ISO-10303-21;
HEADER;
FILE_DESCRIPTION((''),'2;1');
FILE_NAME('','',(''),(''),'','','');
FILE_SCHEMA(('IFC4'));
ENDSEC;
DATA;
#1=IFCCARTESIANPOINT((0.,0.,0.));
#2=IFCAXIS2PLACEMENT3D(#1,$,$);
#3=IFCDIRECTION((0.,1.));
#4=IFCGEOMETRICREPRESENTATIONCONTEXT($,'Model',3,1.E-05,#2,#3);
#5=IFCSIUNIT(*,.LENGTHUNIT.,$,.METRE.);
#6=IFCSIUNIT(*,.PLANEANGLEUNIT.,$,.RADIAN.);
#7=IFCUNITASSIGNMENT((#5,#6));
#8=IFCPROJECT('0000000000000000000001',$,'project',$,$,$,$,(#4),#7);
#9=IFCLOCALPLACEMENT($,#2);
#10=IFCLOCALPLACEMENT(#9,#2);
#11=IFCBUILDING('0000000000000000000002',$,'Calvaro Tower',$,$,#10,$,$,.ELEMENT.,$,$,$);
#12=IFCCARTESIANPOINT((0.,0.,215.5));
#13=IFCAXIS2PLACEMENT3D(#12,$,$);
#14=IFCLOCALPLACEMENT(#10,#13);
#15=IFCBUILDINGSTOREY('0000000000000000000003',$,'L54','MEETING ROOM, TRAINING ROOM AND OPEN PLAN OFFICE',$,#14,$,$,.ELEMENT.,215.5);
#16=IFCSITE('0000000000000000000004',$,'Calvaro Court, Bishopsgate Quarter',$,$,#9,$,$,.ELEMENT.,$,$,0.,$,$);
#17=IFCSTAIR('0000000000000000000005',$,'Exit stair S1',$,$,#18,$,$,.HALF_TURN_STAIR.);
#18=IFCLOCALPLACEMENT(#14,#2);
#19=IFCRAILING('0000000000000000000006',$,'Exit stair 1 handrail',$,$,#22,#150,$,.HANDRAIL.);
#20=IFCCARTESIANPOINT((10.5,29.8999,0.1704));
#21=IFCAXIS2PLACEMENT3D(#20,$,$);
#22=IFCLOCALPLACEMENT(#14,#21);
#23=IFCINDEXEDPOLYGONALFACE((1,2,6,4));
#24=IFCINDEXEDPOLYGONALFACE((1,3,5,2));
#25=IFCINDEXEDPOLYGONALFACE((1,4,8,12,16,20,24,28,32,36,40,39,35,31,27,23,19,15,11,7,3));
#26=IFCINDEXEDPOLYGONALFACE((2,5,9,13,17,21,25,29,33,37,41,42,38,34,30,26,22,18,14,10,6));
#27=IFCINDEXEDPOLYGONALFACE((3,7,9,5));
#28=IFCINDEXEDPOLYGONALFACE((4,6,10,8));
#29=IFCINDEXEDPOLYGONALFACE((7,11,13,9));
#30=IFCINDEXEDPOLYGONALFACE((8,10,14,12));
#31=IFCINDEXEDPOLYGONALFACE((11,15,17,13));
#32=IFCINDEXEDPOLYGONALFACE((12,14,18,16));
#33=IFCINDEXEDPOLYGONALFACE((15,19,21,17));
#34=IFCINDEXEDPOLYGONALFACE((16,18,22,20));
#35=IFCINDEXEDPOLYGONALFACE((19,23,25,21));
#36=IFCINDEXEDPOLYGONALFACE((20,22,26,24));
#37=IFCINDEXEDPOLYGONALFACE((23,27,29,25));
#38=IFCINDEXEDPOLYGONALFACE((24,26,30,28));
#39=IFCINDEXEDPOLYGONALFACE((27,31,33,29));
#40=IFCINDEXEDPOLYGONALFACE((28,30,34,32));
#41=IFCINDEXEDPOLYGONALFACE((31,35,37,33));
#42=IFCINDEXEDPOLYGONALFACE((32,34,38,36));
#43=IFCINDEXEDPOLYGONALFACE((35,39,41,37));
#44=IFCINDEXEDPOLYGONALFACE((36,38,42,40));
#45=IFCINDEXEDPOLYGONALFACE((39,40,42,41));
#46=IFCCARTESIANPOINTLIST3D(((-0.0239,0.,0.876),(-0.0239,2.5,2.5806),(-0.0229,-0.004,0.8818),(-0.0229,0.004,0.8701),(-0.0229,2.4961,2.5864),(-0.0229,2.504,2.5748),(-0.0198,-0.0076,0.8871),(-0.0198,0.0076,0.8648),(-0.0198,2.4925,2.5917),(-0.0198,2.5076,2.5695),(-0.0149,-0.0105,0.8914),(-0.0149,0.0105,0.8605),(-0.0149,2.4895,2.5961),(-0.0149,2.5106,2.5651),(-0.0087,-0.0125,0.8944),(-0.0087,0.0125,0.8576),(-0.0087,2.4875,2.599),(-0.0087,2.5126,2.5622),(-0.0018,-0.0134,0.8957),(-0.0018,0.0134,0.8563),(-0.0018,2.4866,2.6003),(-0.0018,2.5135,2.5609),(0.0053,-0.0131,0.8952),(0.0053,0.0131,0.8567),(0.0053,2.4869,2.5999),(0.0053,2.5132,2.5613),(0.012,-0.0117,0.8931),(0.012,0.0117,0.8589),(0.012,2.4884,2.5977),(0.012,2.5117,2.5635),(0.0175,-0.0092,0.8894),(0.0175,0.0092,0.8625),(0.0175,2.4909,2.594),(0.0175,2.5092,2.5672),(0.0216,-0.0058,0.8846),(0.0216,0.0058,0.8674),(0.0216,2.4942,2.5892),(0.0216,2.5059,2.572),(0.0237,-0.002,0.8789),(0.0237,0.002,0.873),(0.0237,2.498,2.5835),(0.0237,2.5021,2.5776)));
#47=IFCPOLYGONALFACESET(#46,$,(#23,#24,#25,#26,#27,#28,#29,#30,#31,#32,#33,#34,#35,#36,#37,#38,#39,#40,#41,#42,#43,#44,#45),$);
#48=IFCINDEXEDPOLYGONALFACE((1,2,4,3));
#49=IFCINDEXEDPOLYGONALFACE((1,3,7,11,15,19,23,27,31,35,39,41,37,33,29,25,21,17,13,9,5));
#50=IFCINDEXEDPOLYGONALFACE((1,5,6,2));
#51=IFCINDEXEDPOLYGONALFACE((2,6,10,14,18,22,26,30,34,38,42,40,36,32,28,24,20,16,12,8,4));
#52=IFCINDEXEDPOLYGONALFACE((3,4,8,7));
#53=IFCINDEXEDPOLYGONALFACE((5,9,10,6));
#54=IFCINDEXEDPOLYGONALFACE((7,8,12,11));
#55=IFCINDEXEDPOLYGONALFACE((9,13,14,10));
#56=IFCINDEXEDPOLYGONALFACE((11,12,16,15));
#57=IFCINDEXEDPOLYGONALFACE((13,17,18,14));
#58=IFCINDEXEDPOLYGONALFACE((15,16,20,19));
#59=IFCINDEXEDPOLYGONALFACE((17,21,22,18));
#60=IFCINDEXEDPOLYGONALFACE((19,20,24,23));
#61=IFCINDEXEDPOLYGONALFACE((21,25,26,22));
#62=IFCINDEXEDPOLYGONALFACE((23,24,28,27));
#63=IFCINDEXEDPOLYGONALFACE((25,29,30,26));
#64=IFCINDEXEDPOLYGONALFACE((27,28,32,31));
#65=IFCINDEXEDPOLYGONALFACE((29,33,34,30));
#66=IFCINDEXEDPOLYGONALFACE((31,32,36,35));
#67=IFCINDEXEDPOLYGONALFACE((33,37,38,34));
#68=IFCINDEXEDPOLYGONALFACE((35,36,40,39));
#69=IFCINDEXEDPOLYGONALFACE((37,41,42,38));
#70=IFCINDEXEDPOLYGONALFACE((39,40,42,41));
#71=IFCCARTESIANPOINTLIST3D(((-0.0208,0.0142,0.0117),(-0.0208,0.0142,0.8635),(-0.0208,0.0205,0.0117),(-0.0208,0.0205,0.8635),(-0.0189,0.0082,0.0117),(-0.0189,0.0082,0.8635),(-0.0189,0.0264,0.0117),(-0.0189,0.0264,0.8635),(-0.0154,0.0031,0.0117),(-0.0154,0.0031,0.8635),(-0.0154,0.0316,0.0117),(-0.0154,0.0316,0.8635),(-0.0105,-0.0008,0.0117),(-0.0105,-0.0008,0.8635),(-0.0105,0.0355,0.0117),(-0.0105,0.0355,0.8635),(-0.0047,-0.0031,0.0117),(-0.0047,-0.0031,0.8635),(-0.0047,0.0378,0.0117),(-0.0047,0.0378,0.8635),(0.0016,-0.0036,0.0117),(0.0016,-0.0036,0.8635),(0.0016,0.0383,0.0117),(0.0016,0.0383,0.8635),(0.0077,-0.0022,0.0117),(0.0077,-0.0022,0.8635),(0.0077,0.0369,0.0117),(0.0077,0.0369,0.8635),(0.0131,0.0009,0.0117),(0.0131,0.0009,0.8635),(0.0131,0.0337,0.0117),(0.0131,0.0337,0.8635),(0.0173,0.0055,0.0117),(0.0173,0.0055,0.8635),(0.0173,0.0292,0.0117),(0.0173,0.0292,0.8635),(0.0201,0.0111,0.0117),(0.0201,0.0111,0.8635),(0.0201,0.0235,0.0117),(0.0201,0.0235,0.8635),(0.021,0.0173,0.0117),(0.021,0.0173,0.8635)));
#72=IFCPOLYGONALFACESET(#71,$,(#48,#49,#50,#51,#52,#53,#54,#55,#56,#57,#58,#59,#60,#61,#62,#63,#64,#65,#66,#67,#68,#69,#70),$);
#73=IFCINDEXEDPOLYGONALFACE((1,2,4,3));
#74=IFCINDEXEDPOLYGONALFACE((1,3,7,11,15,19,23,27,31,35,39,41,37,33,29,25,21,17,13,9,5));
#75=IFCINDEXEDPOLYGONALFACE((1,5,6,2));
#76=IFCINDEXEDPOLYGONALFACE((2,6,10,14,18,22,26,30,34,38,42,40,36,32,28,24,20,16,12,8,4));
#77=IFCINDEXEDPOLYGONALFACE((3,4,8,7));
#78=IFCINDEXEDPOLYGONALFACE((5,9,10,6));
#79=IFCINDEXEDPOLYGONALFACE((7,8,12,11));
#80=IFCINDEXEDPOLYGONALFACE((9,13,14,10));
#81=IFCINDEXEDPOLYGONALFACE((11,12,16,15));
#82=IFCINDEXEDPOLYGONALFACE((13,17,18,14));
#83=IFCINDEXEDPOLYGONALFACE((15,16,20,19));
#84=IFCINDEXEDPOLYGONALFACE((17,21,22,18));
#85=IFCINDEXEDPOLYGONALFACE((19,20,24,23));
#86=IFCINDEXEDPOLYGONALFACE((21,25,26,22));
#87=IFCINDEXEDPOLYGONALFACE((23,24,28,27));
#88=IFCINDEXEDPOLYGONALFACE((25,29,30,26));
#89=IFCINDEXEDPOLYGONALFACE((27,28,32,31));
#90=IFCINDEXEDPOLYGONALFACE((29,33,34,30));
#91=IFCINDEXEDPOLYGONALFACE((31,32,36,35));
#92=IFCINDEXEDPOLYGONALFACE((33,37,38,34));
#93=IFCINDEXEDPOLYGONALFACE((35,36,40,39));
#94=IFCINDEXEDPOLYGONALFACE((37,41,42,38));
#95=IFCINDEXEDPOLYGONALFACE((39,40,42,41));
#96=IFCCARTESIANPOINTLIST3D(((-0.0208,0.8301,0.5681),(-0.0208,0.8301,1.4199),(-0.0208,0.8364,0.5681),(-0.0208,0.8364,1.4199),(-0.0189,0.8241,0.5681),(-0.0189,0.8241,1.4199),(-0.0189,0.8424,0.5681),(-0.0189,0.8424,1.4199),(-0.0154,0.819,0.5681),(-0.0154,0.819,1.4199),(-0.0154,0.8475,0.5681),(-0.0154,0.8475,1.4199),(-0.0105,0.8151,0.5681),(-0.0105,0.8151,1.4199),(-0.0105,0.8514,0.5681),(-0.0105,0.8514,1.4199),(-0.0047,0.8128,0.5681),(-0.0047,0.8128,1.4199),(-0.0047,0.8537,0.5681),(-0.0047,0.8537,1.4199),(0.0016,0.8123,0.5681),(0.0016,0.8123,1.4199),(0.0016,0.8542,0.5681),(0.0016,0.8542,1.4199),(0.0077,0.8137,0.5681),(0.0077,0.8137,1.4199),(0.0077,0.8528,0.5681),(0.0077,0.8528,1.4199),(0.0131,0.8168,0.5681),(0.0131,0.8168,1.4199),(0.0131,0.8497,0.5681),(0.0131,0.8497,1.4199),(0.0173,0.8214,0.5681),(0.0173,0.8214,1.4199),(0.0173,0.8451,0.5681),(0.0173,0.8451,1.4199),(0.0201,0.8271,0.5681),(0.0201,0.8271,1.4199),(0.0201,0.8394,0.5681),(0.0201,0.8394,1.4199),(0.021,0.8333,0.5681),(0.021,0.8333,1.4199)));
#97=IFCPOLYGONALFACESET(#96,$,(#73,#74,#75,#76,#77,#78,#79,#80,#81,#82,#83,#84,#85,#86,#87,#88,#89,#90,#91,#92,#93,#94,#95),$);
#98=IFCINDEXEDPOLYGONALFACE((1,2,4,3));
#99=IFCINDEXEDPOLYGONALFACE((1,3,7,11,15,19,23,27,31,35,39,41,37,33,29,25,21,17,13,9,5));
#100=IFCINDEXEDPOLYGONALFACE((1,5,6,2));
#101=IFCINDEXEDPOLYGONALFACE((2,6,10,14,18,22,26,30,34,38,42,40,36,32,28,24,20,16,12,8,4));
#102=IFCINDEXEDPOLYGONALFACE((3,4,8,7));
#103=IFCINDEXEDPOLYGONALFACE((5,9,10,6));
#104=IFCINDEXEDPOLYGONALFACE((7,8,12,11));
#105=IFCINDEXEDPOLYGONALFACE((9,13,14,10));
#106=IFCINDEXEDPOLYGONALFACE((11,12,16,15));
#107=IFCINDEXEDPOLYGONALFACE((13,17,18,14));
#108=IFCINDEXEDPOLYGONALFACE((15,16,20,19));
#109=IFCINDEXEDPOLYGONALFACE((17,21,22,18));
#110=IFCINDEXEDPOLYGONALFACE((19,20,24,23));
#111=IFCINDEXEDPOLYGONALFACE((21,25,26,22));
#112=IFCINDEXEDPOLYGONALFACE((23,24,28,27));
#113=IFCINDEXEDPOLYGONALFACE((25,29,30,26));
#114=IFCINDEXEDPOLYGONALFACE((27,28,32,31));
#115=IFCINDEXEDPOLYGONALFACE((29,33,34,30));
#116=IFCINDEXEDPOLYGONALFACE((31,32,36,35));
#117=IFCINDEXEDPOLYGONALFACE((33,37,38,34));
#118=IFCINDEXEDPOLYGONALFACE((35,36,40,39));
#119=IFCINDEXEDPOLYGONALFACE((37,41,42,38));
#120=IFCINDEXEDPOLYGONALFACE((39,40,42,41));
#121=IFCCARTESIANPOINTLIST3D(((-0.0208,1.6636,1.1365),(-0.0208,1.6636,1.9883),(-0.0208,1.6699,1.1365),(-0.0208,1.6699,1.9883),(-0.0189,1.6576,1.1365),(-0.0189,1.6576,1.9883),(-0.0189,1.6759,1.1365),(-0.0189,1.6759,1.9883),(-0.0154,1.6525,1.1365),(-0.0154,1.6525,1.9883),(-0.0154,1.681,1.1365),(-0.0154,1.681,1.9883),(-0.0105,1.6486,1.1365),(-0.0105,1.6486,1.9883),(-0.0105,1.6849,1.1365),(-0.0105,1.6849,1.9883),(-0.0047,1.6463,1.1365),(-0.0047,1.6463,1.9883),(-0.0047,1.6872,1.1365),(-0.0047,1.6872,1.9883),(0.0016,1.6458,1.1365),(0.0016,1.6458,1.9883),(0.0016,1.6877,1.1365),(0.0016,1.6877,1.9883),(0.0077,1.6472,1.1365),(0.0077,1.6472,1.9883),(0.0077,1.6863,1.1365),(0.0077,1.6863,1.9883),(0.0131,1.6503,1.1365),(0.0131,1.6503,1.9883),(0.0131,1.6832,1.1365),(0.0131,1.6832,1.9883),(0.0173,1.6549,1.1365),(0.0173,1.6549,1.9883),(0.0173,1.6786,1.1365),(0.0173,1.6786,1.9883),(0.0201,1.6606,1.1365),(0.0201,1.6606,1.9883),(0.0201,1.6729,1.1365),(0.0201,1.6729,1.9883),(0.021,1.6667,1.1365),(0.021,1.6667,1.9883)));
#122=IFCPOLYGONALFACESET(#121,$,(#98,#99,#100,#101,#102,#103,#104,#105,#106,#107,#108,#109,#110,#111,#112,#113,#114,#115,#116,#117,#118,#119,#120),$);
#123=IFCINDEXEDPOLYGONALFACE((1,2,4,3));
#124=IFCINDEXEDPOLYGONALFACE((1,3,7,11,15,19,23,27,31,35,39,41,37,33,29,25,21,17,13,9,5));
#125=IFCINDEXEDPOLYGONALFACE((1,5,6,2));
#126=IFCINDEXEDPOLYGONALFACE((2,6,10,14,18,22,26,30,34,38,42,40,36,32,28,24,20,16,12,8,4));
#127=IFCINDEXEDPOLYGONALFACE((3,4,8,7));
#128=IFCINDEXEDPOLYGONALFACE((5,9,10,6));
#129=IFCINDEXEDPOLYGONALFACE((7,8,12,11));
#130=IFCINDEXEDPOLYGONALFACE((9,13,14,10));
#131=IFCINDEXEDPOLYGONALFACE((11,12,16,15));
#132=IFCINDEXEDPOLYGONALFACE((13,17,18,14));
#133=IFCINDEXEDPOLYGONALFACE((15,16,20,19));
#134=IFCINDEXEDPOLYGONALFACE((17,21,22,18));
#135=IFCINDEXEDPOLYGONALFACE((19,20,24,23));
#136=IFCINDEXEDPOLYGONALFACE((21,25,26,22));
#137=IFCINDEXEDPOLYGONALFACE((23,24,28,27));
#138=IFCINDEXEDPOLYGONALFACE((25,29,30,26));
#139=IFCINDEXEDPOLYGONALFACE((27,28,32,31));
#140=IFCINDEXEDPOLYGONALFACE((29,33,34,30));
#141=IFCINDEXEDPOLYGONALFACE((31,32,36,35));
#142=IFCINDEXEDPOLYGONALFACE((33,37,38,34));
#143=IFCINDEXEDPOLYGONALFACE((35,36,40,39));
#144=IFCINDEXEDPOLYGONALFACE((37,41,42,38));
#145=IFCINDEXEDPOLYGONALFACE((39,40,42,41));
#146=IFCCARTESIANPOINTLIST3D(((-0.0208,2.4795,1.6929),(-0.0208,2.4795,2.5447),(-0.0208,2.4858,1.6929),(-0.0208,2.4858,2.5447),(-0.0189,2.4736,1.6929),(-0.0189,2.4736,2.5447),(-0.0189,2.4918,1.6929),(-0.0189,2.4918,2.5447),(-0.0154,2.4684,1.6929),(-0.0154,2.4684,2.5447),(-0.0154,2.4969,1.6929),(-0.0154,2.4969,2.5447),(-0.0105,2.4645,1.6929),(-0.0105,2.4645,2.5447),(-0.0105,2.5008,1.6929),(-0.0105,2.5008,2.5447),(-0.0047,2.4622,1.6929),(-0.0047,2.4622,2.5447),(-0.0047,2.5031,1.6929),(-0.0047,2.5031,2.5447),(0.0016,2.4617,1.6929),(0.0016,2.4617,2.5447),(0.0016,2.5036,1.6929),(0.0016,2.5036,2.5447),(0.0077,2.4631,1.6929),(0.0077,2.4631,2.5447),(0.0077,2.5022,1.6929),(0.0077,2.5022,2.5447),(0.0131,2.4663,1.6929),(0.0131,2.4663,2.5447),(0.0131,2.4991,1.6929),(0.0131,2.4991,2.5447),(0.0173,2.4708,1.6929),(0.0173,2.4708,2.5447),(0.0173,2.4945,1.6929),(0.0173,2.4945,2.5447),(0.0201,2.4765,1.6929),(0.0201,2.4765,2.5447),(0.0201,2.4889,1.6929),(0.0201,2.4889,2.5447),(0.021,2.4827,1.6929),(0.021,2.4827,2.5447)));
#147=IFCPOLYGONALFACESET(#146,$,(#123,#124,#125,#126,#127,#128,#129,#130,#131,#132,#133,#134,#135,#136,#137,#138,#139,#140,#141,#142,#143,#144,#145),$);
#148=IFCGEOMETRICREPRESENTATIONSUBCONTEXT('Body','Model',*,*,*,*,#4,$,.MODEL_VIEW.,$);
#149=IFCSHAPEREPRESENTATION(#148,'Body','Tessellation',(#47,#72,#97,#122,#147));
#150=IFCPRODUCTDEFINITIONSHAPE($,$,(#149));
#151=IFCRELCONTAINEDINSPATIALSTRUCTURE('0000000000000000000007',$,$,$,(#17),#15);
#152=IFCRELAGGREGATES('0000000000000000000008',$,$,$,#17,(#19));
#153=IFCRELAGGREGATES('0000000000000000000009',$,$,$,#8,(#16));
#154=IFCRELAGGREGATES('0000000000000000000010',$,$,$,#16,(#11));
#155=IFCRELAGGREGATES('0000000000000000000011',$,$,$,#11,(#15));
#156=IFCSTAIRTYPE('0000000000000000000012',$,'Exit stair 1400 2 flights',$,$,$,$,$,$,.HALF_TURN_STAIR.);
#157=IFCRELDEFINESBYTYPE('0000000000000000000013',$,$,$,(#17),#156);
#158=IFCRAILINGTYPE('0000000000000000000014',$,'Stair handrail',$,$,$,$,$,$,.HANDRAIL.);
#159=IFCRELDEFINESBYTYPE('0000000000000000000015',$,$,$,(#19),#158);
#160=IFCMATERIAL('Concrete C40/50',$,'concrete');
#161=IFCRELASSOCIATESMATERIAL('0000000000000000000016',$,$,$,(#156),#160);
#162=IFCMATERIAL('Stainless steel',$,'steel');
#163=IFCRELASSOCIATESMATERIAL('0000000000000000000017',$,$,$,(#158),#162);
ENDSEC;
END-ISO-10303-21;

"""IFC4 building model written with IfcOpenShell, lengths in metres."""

from ifc_helpers import new_model, si_unit, direction, frame, origin, origin_2d, place, context, subcontext, project, spatial, circle, extrude, material, type_object, element, aggregate, save


model = new_model("IFC4")

# Units and contexts
model_context = context("Model", 3, precision=1e-05, world=origin(), true_north=direction((0.0, 1.0)))
body_context = subcontext(model_context, "Body", "Model", "MODEL_VIEW")
ifc_project = project(units=[si_unit("LENGTHUNIT", "METRE"), si_unit("PLANEANGLEUNIT", "RADIAN")], contexts=[model_context])

# Site, building, storey
site_placement = place(None, origin())
site = spatial("IfcSite", under=ifc_project, at=site_placement, Name="Calvaro Court, Bishopsgate Quarter", CompositionType="ELEMENT", RefElevation=0.0)
building_placement = place(site_placement, origin())
building = spatial("IfcBuilding", under=site, at=building_placement, Name="Calvaro Tower", CompositionType="ELEMENT")
storey_placement = place(building_placement, frame((0.0, 0.0, 215.5)))
storey = spatial("IfcBuildingStorey", under=building, at=storey_placement, Name="L54", Description="MEETING ROOM, TRAINING ROOM AND OPEN PLAN OFFICE", CompositionType="ELEMENT", Elevation=215.5)

# Stair, railing
ifc_material_1 = material(Name="Concrete C40/50", Category="concrete")
stair_type = type_object("IfcStairType", Name="Exit stair 1400 2 flights", PredefinedType="HALF_TURN_STAIR", material=ifc_material_1)
stair_placement = place(storey_placement, origin())
stair = element("IfcStair", 1, at=stair_placement, inside=storey, type_object=stair_type, Name="Exit stair S1", PredefinedType="HALF_TURN_STAIR")
ifc_material_2 = material(Name="Stainless steel", Category="steel")
railing_type = type_object("IfcRailingType", Name="Stair handrail", PredefinedType="HANDRAIL", material=ifc_material_2)
railing_1_placement = place(storey_placement, frame((10.5, 29.8999, 0.1704)))
railing_1 = element("IfcRailing", 2, at=railing_1_placement, type_object=railing_type, Name="Exit stair 1 handrail", PredefinedType="HANDRAIL", context=body_context, shape_type="SweptSolid", body=[
    extrude(circle(Radius=0.0239, at=origin_2d()), frame((0.0, 0.0, 0.876), z_axis=(0.0, 0.826221, 0.563347), x_axis=(-1.0, 0.0, 0.0)), (0.0, 0.0, 1.0), 3.0259),
    extrude(circle(Radius=0.021, at=origin_2d()), frame((0.0, 0.0173, 0.0117)), (0.0, 0.0, 1.0), 0.8518),
    extrude(circle(Radius=0.021, at=origin_2d()), frame((0.0, 0.8333, 0.5681)), (0.0, 0.0, 1.0), 0.8518),
    extrude(circle(Radius=0.021, at=origin_2d()), frame((0.0, 1.6667, 1.1365)), (0.0, 0.0, 1.0), 0.8518),
    extrude(circle(Radius=0.021, at=origin_2d()), frame((0.0, 2.4827, 1.6929)), (0.0, 0.0, 1.0), 0.8518),
])
aggregate(stair, [railing_1])

save(model, "model.ifc")
